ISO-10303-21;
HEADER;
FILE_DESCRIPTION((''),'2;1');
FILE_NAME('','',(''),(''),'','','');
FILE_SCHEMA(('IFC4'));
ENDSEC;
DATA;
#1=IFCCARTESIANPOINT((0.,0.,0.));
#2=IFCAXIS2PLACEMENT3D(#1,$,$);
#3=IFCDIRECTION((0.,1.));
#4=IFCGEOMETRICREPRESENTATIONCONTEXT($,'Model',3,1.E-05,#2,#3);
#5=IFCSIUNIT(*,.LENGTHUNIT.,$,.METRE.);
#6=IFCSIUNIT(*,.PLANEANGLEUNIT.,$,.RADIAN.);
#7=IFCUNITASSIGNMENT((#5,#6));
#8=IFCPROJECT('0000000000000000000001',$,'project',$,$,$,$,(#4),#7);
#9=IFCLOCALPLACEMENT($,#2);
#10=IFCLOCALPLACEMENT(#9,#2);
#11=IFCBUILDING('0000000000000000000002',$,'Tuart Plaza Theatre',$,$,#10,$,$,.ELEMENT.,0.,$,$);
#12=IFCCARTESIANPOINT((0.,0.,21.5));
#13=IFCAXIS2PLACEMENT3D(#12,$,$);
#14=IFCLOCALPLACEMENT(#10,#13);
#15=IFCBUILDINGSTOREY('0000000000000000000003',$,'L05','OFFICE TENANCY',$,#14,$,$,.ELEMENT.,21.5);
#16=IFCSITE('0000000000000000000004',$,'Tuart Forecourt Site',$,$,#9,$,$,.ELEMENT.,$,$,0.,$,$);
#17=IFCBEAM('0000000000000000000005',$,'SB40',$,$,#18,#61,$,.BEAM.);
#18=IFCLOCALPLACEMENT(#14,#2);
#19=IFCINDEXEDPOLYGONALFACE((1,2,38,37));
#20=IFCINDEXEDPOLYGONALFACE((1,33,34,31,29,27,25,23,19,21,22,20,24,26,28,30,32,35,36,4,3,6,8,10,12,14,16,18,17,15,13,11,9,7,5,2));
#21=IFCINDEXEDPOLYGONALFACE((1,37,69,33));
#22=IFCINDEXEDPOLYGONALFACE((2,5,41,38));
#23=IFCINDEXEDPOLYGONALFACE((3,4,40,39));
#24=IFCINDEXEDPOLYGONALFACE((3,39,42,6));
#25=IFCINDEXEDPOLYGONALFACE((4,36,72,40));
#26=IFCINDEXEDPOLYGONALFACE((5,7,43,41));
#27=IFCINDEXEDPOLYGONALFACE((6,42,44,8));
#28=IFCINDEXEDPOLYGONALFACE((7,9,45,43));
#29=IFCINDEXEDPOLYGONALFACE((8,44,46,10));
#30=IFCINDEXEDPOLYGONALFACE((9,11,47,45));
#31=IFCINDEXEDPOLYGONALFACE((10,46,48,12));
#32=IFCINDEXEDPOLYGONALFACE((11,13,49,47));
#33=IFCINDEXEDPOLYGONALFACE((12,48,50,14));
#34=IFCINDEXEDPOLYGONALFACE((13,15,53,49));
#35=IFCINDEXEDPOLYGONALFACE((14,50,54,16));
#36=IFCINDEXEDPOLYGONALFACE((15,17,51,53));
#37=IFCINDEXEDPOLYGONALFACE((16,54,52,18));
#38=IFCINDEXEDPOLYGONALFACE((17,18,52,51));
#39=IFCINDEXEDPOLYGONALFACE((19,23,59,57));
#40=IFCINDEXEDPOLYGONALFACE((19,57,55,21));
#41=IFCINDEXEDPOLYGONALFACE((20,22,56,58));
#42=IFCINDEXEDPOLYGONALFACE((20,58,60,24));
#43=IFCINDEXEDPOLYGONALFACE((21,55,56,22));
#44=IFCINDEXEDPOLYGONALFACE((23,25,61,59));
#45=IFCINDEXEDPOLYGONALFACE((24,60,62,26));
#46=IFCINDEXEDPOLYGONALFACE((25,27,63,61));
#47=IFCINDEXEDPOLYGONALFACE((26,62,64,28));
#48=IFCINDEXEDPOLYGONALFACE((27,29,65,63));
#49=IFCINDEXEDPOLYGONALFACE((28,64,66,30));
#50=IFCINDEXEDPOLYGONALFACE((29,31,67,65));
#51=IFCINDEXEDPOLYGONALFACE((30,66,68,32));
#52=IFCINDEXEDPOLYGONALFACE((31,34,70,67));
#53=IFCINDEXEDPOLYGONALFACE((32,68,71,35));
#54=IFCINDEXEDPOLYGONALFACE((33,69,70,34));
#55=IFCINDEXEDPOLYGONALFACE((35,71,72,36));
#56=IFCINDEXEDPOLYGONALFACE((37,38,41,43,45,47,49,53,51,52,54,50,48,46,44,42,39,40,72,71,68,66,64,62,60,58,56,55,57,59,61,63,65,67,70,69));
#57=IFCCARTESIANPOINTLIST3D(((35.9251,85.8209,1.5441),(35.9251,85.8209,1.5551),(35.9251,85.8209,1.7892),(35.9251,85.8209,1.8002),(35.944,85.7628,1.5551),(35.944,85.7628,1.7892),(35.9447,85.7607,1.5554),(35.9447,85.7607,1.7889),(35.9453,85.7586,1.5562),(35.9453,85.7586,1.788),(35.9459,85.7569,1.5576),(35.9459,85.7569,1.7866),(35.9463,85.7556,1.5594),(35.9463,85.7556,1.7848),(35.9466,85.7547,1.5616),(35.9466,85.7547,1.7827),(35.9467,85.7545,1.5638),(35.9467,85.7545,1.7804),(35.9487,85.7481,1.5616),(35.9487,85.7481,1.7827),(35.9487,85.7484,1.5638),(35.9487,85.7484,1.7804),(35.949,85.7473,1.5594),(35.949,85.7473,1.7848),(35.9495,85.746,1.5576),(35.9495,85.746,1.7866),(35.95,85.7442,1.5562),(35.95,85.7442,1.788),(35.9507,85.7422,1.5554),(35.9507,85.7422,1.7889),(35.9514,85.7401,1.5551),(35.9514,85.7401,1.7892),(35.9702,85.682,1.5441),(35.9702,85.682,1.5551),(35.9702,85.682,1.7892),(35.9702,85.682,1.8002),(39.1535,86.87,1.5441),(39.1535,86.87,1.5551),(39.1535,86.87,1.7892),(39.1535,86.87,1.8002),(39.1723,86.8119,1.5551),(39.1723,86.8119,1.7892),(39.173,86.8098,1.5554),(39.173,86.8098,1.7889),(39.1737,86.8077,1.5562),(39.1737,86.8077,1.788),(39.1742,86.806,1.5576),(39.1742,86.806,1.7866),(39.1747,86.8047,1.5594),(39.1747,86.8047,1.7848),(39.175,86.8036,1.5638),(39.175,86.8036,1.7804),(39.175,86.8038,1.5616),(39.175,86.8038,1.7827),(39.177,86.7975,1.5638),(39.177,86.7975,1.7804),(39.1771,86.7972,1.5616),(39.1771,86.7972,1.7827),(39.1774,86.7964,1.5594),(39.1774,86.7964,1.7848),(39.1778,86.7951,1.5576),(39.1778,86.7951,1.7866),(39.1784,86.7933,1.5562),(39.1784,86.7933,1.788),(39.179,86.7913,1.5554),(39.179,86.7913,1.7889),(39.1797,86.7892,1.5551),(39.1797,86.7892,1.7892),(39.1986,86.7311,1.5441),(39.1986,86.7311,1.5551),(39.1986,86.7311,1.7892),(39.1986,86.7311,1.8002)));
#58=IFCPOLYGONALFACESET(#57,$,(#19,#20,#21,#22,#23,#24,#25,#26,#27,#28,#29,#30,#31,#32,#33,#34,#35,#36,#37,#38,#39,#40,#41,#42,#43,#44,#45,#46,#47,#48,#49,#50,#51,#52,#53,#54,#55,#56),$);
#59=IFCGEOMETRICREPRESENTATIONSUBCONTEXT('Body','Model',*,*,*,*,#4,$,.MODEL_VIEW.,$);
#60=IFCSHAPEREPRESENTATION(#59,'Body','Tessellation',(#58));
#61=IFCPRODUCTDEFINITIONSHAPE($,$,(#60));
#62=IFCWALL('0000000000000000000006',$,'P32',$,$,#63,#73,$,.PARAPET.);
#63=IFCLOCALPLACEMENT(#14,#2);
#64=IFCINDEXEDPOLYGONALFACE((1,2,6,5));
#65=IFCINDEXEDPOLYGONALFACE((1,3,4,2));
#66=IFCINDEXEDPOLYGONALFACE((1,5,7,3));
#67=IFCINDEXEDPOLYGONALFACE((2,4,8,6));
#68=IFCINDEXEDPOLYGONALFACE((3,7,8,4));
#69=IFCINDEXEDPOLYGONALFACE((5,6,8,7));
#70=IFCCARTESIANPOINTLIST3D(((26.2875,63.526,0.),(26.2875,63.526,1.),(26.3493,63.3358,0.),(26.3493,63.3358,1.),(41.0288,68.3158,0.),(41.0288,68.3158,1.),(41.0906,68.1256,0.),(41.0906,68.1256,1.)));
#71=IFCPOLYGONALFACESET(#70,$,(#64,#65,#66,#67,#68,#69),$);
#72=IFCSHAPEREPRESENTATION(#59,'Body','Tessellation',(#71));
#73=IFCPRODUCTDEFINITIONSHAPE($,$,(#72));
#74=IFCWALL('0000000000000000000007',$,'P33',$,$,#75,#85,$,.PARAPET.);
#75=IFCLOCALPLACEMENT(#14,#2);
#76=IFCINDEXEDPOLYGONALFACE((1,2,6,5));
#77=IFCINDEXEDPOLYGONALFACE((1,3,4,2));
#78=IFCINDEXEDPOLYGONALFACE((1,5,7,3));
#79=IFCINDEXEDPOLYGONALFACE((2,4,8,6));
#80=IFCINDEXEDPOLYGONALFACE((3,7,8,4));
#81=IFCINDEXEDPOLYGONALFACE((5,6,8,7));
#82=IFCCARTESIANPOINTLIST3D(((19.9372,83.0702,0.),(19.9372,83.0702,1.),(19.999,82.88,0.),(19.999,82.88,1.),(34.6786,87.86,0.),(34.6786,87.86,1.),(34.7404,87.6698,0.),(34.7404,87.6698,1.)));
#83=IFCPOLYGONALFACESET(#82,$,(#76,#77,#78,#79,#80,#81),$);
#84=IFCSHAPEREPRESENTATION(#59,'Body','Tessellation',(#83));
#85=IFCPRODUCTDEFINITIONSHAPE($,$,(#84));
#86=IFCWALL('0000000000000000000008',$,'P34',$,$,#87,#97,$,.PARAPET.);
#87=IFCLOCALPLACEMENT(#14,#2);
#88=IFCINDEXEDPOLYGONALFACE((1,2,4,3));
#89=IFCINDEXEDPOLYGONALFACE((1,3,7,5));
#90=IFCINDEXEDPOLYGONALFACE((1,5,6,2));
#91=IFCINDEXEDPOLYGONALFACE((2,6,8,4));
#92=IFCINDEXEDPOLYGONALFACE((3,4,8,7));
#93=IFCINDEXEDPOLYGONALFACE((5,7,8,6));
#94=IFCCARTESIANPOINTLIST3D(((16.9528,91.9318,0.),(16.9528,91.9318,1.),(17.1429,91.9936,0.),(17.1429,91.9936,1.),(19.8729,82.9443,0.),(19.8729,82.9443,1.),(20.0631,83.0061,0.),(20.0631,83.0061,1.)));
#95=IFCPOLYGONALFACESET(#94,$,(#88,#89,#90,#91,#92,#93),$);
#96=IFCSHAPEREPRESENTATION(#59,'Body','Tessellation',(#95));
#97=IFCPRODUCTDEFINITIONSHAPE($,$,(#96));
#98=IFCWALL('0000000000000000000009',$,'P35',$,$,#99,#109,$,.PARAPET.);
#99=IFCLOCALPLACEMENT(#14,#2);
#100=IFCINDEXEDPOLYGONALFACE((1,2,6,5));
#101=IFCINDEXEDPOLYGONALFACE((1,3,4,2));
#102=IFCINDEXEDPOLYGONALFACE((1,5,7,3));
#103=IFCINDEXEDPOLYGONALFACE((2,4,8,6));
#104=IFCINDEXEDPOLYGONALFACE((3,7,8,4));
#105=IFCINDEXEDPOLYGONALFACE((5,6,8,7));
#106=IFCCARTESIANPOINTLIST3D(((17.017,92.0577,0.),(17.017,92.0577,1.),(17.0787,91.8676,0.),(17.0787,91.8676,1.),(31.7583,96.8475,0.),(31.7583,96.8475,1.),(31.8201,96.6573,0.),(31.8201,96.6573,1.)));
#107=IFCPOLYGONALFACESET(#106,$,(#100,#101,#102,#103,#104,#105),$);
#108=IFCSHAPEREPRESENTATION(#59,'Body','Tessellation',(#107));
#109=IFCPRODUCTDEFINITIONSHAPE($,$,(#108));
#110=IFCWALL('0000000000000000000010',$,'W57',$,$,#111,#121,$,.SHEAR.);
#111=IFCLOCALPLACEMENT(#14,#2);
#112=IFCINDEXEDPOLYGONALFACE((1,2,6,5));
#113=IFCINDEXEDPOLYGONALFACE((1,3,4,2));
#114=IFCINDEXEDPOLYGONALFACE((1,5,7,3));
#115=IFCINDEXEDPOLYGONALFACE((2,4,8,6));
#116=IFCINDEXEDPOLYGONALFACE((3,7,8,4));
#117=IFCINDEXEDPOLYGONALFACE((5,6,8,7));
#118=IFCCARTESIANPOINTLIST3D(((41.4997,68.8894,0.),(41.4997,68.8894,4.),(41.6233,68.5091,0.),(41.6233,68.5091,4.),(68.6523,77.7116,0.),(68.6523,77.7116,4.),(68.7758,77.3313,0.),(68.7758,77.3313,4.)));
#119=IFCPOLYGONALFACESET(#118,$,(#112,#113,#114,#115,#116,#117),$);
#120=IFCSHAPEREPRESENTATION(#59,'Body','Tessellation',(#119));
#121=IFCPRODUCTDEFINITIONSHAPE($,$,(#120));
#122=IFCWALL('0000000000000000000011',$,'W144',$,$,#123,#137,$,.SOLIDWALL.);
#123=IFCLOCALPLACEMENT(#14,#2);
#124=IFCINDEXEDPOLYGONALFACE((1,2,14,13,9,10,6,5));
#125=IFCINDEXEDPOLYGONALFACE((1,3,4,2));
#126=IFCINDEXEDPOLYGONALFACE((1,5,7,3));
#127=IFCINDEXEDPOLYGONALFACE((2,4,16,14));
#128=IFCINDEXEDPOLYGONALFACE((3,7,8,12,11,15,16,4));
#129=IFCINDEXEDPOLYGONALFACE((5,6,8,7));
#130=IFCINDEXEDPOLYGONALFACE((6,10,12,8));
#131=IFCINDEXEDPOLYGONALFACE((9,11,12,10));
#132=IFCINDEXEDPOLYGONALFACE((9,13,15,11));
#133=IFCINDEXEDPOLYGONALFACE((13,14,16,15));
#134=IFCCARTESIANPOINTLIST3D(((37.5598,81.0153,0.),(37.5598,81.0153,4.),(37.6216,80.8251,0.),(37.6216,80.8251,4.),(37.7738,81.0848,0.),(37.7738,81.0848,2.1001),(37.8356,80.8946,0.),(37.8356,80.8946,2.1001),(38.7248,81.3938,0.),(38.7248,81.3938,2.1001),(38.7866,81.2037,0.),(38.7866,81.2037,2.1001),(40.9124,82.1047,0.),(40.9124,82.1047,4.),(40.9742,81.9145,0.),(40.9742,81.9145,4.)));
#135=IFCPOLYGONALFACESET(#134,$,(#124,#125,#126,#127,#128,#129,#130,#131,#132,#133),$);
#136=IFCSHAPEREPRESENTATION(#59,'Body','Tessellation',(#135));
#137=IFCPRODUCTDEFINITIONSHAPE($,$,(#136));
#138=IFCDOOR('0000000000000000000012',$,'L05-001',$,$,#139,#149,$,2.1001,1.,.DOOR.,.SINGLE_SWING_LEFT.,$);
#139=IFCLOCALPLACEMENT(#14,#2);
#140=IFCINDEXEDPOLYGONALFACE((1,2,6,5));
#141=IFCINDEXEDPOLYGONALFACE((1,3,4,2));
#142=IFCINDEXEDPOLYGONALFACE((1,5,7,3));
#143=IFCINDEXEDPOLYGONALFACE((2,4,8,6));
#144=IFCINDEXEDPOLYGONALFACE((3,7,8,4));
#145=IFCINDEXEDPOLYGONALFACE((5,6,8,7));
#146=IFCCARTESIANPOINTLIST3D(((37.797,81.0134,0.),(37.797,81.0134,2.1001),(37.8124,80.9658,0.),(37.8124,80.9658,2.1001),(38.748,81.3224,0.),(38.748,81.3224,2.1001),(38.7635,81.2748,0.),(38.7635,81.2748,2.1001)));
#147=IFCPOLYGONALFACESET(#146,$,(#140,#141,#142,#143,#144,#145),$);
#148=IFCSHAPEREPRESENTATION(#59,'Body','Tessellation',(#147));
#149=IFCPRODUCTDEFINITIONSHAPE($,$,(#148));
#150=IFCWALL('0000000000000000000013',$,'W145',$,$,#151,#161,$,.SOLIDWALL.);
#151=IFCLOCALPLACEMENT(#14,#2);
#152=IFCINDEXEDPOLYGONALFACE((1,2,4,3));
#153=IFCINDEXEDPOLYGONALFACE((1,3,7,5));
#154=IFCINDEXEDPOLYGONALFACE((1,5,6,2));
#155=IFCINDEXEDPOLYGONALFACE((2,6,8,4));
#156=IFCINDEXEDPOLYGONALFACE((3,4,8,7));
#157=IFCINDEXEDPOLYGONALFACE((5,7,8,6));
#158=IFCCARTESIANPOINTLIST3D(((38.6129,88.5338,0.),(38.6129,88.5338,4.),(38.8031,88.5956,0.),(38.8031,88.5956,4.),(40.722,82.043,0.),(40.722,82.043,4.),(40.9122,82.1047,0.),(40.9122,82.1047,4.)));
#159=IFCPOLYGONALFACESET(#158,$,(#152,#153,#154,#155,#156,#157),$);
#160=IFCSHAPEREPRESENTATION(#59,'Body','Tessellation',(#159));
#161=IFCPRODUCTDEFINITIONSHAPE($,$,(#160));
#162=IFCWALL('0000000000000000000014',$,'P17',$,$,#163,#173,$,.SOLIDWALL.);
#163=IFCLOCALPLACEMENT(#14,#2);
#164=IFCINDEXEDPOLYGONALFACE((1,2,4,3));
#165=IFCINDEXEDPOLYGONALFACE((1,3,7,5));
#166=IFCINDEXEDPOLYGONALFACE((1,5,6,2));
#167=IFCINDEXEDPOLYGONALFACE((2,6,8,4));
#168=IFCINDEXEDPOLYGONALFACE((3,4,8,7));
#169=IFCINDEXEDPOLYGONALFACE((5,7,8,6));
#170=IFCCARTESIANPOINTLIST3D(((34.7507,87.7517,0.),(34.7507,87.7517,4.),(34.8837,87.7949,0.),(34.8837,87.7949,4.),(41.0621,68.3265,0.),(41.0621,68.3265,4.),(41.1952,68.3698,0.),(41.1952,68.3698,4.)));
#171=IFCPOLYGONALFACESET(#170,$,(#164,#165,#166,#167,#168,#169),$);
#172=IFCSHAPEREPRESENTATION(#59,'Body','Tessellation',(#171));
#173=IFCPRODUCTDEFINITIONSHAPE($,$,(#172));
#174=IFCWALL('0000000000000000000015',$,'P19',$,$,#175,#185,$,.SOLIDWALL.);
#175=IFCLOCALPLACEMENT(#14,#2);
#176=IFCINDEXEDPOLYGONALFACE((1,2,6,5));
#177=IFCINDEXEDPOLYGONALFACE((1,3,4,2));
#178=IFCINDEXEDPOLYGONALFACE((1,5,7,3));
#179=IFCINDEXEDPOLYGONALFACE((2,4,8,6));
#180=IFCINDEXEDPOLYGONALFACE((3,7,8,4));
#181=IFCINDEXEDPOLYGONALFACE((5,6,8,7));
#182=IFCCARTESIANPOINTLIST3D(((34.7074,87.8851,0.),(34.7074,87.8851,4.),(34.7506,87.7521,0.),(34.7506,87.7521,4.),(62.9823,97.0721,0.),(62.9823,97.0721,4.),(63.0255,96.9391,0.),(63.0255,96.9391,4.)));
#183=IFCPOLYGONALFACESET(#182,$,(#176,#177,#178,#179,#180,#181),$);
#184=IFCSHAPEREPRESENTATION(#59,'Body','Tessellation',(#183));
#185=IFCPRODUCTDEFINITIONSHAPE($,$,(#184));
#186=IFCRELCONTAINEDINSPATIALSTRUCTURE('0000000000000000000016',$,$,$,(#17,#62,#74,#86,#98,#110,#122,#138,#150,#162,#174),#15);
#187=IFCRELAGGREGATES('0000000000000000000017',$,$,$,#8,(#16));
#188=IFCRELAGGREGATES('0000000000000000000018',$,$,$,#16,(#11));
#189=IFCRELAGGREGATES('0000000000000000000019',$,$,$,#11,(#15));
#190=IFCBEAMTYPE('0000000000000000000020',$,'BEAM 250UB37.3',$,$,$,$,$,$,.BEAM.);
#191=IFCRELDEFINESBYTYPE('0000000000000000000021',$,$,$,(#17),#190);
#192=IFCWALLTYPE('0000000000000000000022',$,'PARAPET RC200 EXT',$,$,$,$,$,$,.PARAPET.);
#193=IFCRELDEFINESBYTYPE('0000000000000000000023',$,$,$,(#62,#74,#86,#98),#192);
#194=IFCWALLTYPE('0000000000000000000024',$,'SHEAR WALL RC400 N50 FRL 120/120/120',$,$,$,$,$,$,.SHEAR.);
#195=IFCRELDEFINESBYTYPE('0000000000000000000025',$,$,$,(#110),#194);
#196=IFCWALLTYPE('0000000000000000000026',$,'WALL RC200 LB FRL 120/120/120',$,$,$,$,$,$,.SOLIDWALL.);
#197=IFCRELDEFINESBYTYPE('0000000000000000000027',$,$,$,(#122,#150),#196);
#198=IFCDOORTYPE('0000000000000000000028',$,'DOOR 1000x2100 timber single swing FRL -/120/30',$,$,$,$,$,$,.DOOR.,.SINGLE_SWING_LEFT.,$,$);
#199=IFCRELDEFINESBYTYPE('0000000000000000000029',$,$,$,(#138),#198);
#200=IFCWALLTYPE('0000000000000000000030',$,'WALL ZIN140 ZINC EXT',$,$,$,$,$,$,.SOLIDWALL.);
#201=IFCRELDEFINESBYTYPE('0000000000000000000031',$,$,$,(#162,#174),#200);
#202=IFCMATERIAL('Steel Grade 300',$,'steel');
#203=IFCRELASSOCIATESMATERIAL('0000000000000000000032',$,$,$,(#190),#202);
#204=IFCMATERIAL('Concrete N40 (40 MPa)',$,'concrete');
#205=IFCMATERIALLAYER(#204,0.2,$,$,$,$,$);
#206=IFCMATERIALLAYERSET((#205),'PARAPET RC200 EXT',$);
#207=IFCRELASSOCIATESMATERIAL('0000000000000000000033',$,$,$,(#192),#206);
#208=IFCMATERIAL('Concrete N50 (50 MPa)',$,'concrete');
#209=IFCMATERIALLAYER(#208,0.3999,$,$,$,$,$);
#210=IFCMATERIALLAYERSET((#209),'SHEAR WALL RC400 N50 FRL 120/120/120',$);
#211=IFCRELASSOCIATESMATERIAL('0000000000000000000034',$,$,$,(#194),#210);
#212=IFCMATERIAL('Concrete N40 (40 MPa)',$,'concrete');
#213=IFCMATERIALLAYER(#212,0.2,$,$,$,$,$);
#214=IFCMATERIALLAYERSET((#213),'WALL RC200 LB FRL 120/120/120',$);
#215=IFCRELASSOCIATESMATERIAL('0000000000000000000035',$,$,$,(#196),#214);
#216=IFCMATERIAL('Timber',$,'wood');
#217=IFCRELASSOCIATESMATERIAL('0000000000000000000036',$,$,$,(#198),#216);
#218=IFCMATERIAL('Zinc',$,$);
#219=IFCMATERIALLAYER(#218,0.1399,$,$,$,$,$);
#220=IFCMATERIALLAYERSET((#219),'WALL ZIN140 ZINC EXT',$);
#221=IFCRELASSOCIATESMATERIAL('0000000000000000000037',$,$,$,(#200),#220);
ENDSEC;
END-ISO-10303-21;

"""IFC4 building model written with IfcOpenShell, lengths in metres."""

from ifc_helpers import new_model, si_unit, direction, frame, frame_2d, origin, origin_2d, place, context, subcontext, project, spatial, rectangle, i_section, extrude, material, layer, layer_set, material_profile, profile_set, type_object, element, fill, save


model = new_model("IFC4")

# Units and contexts
model_context = context("Model", 3, precision=1e-05, world=origin(), true_north=direction((0.0, 1.0)))
body_context = subcontext(model_context, "Body", "Model", "MODEL_VIEW")
ifc_project = project(units=[si_unit("LENGTHUNIT", "METRE"), si_unit("PLANEANGLEUNIT", "RADIAN")], contexts=[model_context])

# Site, building, storey
site_placement = place(None, origin())
site = spatial("IfcSite", under=ifc_project, at=site_placement, Name="Tuart Forecourt Site", CompositionType="ELEMENT", RefElevation=0.0)
building_placement = place(site_placement, origin())
building = spatial("IfcBuilding", under=site, at=building_placement, Name="Tuart Plaza Theatre", CompositionType="ELEMENT", ElevationOfRefHeight=0.0)
storey_placement = place(building_placement, frame((0.0, 0.0, 21.5)))
storey = spatial("IfcBuildingStorey", under=building, at=storey_placement, Name="L05", Description="OFFICE TENANCY", CompositionType="ELEMENT", Elevation=21.5)

# Beam
ifc_material_1 = material(Name="Steel Grade 300", Category="steel")
ifc_material_profile_1 = material_profile(ifc_material_1, i_section(OverallWidth=0.146, OverallDepth=0.2561, WebThickness=0.0063, FlangeThickness=0.011, FilletRadius=0.0088, at=origin_2d()), Name="250UB37.3")
ifc_profile_set_1 = profile_set([ifc_material_profile_1], Name="Steel Grade 300")
beam_type = type_object("IfcBeamType", Name="BEAM 250UB37.3", PredefinedType="BEAM", material=ifc_profile_set_1)
for number, where, z_axis, x_axis, name in (
    (1, (39.176, 86.8005, 1.6721), (-0.951044, -0.309055, 0.0), (0.309055, -0.951044, 0.0), "SB40"),
):
    element("IfcBeam", number, at=place(storey_placement, frame(where, z_axis=z_axis, x_axis=x_axis)), inside=storey, type_object=beam_type, Name=name, PredefinedType="BEAM", context=body_context, shape_type="SweptSolid", body=[
        extrude(i_section(OverallWidth=0.146, OverallDepth=0.2561, WebThickness=0.0063, FlangeThickness=0.011, FilletRadius=0.0088, at=origin_2d()), origin(), (0.0, 0.0, 1.0), 3.3945),
    ])

# Walls
ifc_material_2 = material(Name="Concrete N40 (40 MPa)", Category="concrete")
ifc_layer_1 = layer(ifc_material_2, 0.2)
ifc_layer_set_1 = layer_set([ifc_layer_1], Name="PARAPET RC200 EXT")
wall_type_1 = type_object("IfcWallType", Name="PARAPET RC200 EXT", PredefinedType="PARAPET", material=ifc_layer_set_1)
for number, where, z_axis, x_axis, name in (
    (2, (26.3184, 63.4309, 0.0), (0.0, 0.0, 1.0), (0.951056, 0.309017, 0.0), "P32"),
    (3, (34.7095, 87.7649, 0.0), (0.0, 0.0, 1.0), (-0.951056, -0.309017, 0.0), "P33"),
):
    element("IfcWall", number, at=place(storey_placement, frame(where, z_axis=z_axis, x_axis=x_axis)), inside=storey, type_object=wall_type_1, Name=name, PredefinedType="PARAPET", context=body_context, shape_type="SweptSolid", body=[
        extrude(rectangle(XDim=15.5, YDim=0.2, at=frame_2d((7.75, 0.0))), origin(), (0.0, 0.0, 1.0), 1.0),
    ])
wall_1_placement = place(storey_placement, frame((19.968, 82.9751, 0.0), z_axis=(0.0, 0.0, 1.0), x_axis=(-0.309011, 0.951059, 0.0)))
element("IfcWall", 4, at=wall_1_placement, inside=storey, type_object=wall_type_1, Name="P34", PredefinedType="PARAPET", context=body_context, shape_type="SweptSolid", body=[
    extrude(rectangle(XDim=9.45, YDim=0.2, at=frame_2d((4.7251, 0.0))), origin(), (0.0, 0.0, 1.0), 1.0),
])
wall_2_placement = place(storey_placement, frame((17.0479, 91.9626, 0.0), z_axis=(0.0, 0.0, 1.0), x_axis=(0.951056, 0.309017, 0.0)))
element("IfcWall", 5, at=wall_2_placement, inside=storey, type_object=wall_type_1, Name="P35", PredefinedType="PARAPET", context=body_context, shape_type="SweptSolid", body=[
    extrude(rectangle(XDim=15.5, YDim=0.2, at=frame_2d((7.75, 0.0))), origin(), (0.0, 0.0, 1.0), 1.0),
])
ifc_material_3 = material(Name="Concrete N50 (50 MPa)", Category="concrete")
ifc_layer_2 = layer(ifc_material_3, 0.3999)
ifc_layer_set_2 = layer_set([ifc_layer_2], Name="SHEAR WALL RC400 N50 FRL 120/120/120")
wall_type_2 = type_object("IfcWallType", Name="SHEAR WALL RC400 N50 FRL 120/120/120", PredefinedType="SHEAR", material=ifc_layer_set_2)
wall_3_placement = place(storey_placement, frame((41.5615, 68.6992, 0.0), z_axis=(0.0, 0.0, 1.0), x_axis=(0.951058, 0.309012, 0.0)))
element("IfcWall", 6, at=wall_3_placement, inside=storey, type_object=wall_type_2, Name="W57", PredefinedType="SHEAR", context=body_context, shape_type="SweptSolid", body=[
    extrude(rectangle(XDim=28.5498, YDim=0.3999, at=frame_2d((14.2749, 0.0))), origin(), (0.0, 0.0, 1.0), 4.0),
])

# Wall, opening, door
ifc_material_4 = material(Name="Concrete N40 (40 MPa)", Category="concrete")
ifc_layer_3 = layer(ifc_material_4, 0.2)
ifc_layer_set_3 = layer_set([ifc_layer_3], Name="WALL RC200 LB FRL 120/120/120")
wall_type_3 = type_object("IfcWallType", Name="WALL RC200 LB FRL 120/120/120", PredefinedType="SOLIDWALL", material=ifc_layer_set_3)
wall_4_placement = place(storey_placement, frame((37.5906, 80.9202, 0.0), z_axis=(0.0, 0.0, 1.0), x_axis=(0.951052, 0.30903, 0.0)))
wall_4 = element("IfcWall", 7, at=wall_4_placement, inside=storey, type_object=wall_type_3, Name="W144", PredefinedType="SOLIDWALL", context=body_context, shape_type="SweptSolid", body=[
    extrude(rectangle(XDim=3.5251, YDim=0.2, at=frame_2d((1.7627, 0.0))), origin(), (0.0, 0.0, 1.0), 4.0),
])
opening_placement = place(wall_4_placement, frame((0.2251, 0.0, 0.0)))
opening = element("IfcOpeningElement", 8, at=opening_placement, cuts=wall_4, PredefinedType="OPENING", context=body_context, shape_type="SweptSolid", body=[
    extrude(rectangle(XDim=1.0, YDim=2.1001, at=frame_2d((0.5, 1.05))), frame((0.0, 0.1099, 0.0), z_axis=(0.0, -1.0, 0.0), x_axis=(1.0, 0.0, 0.0)), (0.0, 0.0, 1.0), 0.22),
])
ifc_material_5 = material(Name="Timber", Category="wood")
door_type = type_object("IfcDoorType", Name="DOOR 1000x2100 timber single swing FRL -/120/30", OperationType="SINGLE_SWING_LEFT", PredefinedType="DOOR", material=ifc_material_5)
door_placement = place(opening_placement, origin())
door = element("IfcDoor", 9, at=door_placement, inside=storey, type_object=door_type, Name="L05-001", OperationType="SINGLE_SWING_LEFT", OverallHeight=2.1001, OverallWidth=1.0, PredefinedType="DOOR", context=body_context, shape_type="SweptSolid", body=[
    extrude(rectangle(XDim=1.0, YDim=2.1001, at=frame_2d((0.5, 1.05))), frame((0.0, 0.0249, 0.0), z_axis=(0.0, -1.0, 0.0), x_axis=(1.0, 0.0, 0.0)), (0.0, 0.0, 1.0), 0.05),
])
fill(opening, door)

# Walls
wall_5_placement = place(storey_placement, frame((40.8171, 82.0737, 0.0), z_axis=(0.0, 0.0, 1.0), x_axis=(-0.309029, 0.951053, 0.0)))
element("IfcWall", 10, at=wall_5_placement, inside=storey, type_object=wall_type_3, Name="W145", PredefinedType="SOLIDWALL", context=body_context, shape_type="SweptSolid", body=[
    extrude(rectangle(XDim=6.825, YDim=0.2, at=frame_2d((3.4126, 0.0))), origin(), (0.0, 0.0, 1.0), 4.0),
])
ifc_material_6 = material(Name="Zinc")
ifc_layer_4 = layer(ifc_material_6, 0.1399)
ifc_layer_set_4 = layer_set([ifc_layer_4], Name="WALL ZIN140 ZINC EXT")
wall_type_4 = type_object("IfcWallType", Name="WALL ZIN140 ZINC EXT", PredefinedType="SOLIDWALL", material=ifc_layer_set_4)
wall_6_placement = place(storey_placement, frame((41.1287, 68.3481, 0.0), z_axis=(0.0, 0.0, 1.0), x_axis=(-0.309011, 0.951058, 0.0)))
element("IfcWall", 11, at=wall_6_placement, inside=storey, type_object=wall_type_4, Name="P17", PredefinedType="SOLIDWALL", context=body_context, shape_type="SweptSolid", body=[
    extrude(rectangle(XDim=20.4248, YDim=0.1399, at=frame_2d((10.2124, 0.0))), origin(), (0.0, 0.0, 1.0), 4.0),
])
wall_7_placement = place(storey_placement, frame((34.729, 87.8186, 0.0), z_axis=(0.0, 0.0, 1.0), x_axis=(0.951057, 0.309015, 0.0)))
element("IfcWall", 12, at=wall_7_placement, inside=storey, type_object=wall_type_4, Name="P19", PredefinedType="SOLIDWALL", context=body_context, shape_type="SweptSolid", body=[
    extrude(rectangle(XDim=29.73, YDim=0.1399, at=frame_2d((14.865, 0.0))), origin(), (0.0, 0.0, 1.0), 4.0),
])

save(model, "model.ifc")
